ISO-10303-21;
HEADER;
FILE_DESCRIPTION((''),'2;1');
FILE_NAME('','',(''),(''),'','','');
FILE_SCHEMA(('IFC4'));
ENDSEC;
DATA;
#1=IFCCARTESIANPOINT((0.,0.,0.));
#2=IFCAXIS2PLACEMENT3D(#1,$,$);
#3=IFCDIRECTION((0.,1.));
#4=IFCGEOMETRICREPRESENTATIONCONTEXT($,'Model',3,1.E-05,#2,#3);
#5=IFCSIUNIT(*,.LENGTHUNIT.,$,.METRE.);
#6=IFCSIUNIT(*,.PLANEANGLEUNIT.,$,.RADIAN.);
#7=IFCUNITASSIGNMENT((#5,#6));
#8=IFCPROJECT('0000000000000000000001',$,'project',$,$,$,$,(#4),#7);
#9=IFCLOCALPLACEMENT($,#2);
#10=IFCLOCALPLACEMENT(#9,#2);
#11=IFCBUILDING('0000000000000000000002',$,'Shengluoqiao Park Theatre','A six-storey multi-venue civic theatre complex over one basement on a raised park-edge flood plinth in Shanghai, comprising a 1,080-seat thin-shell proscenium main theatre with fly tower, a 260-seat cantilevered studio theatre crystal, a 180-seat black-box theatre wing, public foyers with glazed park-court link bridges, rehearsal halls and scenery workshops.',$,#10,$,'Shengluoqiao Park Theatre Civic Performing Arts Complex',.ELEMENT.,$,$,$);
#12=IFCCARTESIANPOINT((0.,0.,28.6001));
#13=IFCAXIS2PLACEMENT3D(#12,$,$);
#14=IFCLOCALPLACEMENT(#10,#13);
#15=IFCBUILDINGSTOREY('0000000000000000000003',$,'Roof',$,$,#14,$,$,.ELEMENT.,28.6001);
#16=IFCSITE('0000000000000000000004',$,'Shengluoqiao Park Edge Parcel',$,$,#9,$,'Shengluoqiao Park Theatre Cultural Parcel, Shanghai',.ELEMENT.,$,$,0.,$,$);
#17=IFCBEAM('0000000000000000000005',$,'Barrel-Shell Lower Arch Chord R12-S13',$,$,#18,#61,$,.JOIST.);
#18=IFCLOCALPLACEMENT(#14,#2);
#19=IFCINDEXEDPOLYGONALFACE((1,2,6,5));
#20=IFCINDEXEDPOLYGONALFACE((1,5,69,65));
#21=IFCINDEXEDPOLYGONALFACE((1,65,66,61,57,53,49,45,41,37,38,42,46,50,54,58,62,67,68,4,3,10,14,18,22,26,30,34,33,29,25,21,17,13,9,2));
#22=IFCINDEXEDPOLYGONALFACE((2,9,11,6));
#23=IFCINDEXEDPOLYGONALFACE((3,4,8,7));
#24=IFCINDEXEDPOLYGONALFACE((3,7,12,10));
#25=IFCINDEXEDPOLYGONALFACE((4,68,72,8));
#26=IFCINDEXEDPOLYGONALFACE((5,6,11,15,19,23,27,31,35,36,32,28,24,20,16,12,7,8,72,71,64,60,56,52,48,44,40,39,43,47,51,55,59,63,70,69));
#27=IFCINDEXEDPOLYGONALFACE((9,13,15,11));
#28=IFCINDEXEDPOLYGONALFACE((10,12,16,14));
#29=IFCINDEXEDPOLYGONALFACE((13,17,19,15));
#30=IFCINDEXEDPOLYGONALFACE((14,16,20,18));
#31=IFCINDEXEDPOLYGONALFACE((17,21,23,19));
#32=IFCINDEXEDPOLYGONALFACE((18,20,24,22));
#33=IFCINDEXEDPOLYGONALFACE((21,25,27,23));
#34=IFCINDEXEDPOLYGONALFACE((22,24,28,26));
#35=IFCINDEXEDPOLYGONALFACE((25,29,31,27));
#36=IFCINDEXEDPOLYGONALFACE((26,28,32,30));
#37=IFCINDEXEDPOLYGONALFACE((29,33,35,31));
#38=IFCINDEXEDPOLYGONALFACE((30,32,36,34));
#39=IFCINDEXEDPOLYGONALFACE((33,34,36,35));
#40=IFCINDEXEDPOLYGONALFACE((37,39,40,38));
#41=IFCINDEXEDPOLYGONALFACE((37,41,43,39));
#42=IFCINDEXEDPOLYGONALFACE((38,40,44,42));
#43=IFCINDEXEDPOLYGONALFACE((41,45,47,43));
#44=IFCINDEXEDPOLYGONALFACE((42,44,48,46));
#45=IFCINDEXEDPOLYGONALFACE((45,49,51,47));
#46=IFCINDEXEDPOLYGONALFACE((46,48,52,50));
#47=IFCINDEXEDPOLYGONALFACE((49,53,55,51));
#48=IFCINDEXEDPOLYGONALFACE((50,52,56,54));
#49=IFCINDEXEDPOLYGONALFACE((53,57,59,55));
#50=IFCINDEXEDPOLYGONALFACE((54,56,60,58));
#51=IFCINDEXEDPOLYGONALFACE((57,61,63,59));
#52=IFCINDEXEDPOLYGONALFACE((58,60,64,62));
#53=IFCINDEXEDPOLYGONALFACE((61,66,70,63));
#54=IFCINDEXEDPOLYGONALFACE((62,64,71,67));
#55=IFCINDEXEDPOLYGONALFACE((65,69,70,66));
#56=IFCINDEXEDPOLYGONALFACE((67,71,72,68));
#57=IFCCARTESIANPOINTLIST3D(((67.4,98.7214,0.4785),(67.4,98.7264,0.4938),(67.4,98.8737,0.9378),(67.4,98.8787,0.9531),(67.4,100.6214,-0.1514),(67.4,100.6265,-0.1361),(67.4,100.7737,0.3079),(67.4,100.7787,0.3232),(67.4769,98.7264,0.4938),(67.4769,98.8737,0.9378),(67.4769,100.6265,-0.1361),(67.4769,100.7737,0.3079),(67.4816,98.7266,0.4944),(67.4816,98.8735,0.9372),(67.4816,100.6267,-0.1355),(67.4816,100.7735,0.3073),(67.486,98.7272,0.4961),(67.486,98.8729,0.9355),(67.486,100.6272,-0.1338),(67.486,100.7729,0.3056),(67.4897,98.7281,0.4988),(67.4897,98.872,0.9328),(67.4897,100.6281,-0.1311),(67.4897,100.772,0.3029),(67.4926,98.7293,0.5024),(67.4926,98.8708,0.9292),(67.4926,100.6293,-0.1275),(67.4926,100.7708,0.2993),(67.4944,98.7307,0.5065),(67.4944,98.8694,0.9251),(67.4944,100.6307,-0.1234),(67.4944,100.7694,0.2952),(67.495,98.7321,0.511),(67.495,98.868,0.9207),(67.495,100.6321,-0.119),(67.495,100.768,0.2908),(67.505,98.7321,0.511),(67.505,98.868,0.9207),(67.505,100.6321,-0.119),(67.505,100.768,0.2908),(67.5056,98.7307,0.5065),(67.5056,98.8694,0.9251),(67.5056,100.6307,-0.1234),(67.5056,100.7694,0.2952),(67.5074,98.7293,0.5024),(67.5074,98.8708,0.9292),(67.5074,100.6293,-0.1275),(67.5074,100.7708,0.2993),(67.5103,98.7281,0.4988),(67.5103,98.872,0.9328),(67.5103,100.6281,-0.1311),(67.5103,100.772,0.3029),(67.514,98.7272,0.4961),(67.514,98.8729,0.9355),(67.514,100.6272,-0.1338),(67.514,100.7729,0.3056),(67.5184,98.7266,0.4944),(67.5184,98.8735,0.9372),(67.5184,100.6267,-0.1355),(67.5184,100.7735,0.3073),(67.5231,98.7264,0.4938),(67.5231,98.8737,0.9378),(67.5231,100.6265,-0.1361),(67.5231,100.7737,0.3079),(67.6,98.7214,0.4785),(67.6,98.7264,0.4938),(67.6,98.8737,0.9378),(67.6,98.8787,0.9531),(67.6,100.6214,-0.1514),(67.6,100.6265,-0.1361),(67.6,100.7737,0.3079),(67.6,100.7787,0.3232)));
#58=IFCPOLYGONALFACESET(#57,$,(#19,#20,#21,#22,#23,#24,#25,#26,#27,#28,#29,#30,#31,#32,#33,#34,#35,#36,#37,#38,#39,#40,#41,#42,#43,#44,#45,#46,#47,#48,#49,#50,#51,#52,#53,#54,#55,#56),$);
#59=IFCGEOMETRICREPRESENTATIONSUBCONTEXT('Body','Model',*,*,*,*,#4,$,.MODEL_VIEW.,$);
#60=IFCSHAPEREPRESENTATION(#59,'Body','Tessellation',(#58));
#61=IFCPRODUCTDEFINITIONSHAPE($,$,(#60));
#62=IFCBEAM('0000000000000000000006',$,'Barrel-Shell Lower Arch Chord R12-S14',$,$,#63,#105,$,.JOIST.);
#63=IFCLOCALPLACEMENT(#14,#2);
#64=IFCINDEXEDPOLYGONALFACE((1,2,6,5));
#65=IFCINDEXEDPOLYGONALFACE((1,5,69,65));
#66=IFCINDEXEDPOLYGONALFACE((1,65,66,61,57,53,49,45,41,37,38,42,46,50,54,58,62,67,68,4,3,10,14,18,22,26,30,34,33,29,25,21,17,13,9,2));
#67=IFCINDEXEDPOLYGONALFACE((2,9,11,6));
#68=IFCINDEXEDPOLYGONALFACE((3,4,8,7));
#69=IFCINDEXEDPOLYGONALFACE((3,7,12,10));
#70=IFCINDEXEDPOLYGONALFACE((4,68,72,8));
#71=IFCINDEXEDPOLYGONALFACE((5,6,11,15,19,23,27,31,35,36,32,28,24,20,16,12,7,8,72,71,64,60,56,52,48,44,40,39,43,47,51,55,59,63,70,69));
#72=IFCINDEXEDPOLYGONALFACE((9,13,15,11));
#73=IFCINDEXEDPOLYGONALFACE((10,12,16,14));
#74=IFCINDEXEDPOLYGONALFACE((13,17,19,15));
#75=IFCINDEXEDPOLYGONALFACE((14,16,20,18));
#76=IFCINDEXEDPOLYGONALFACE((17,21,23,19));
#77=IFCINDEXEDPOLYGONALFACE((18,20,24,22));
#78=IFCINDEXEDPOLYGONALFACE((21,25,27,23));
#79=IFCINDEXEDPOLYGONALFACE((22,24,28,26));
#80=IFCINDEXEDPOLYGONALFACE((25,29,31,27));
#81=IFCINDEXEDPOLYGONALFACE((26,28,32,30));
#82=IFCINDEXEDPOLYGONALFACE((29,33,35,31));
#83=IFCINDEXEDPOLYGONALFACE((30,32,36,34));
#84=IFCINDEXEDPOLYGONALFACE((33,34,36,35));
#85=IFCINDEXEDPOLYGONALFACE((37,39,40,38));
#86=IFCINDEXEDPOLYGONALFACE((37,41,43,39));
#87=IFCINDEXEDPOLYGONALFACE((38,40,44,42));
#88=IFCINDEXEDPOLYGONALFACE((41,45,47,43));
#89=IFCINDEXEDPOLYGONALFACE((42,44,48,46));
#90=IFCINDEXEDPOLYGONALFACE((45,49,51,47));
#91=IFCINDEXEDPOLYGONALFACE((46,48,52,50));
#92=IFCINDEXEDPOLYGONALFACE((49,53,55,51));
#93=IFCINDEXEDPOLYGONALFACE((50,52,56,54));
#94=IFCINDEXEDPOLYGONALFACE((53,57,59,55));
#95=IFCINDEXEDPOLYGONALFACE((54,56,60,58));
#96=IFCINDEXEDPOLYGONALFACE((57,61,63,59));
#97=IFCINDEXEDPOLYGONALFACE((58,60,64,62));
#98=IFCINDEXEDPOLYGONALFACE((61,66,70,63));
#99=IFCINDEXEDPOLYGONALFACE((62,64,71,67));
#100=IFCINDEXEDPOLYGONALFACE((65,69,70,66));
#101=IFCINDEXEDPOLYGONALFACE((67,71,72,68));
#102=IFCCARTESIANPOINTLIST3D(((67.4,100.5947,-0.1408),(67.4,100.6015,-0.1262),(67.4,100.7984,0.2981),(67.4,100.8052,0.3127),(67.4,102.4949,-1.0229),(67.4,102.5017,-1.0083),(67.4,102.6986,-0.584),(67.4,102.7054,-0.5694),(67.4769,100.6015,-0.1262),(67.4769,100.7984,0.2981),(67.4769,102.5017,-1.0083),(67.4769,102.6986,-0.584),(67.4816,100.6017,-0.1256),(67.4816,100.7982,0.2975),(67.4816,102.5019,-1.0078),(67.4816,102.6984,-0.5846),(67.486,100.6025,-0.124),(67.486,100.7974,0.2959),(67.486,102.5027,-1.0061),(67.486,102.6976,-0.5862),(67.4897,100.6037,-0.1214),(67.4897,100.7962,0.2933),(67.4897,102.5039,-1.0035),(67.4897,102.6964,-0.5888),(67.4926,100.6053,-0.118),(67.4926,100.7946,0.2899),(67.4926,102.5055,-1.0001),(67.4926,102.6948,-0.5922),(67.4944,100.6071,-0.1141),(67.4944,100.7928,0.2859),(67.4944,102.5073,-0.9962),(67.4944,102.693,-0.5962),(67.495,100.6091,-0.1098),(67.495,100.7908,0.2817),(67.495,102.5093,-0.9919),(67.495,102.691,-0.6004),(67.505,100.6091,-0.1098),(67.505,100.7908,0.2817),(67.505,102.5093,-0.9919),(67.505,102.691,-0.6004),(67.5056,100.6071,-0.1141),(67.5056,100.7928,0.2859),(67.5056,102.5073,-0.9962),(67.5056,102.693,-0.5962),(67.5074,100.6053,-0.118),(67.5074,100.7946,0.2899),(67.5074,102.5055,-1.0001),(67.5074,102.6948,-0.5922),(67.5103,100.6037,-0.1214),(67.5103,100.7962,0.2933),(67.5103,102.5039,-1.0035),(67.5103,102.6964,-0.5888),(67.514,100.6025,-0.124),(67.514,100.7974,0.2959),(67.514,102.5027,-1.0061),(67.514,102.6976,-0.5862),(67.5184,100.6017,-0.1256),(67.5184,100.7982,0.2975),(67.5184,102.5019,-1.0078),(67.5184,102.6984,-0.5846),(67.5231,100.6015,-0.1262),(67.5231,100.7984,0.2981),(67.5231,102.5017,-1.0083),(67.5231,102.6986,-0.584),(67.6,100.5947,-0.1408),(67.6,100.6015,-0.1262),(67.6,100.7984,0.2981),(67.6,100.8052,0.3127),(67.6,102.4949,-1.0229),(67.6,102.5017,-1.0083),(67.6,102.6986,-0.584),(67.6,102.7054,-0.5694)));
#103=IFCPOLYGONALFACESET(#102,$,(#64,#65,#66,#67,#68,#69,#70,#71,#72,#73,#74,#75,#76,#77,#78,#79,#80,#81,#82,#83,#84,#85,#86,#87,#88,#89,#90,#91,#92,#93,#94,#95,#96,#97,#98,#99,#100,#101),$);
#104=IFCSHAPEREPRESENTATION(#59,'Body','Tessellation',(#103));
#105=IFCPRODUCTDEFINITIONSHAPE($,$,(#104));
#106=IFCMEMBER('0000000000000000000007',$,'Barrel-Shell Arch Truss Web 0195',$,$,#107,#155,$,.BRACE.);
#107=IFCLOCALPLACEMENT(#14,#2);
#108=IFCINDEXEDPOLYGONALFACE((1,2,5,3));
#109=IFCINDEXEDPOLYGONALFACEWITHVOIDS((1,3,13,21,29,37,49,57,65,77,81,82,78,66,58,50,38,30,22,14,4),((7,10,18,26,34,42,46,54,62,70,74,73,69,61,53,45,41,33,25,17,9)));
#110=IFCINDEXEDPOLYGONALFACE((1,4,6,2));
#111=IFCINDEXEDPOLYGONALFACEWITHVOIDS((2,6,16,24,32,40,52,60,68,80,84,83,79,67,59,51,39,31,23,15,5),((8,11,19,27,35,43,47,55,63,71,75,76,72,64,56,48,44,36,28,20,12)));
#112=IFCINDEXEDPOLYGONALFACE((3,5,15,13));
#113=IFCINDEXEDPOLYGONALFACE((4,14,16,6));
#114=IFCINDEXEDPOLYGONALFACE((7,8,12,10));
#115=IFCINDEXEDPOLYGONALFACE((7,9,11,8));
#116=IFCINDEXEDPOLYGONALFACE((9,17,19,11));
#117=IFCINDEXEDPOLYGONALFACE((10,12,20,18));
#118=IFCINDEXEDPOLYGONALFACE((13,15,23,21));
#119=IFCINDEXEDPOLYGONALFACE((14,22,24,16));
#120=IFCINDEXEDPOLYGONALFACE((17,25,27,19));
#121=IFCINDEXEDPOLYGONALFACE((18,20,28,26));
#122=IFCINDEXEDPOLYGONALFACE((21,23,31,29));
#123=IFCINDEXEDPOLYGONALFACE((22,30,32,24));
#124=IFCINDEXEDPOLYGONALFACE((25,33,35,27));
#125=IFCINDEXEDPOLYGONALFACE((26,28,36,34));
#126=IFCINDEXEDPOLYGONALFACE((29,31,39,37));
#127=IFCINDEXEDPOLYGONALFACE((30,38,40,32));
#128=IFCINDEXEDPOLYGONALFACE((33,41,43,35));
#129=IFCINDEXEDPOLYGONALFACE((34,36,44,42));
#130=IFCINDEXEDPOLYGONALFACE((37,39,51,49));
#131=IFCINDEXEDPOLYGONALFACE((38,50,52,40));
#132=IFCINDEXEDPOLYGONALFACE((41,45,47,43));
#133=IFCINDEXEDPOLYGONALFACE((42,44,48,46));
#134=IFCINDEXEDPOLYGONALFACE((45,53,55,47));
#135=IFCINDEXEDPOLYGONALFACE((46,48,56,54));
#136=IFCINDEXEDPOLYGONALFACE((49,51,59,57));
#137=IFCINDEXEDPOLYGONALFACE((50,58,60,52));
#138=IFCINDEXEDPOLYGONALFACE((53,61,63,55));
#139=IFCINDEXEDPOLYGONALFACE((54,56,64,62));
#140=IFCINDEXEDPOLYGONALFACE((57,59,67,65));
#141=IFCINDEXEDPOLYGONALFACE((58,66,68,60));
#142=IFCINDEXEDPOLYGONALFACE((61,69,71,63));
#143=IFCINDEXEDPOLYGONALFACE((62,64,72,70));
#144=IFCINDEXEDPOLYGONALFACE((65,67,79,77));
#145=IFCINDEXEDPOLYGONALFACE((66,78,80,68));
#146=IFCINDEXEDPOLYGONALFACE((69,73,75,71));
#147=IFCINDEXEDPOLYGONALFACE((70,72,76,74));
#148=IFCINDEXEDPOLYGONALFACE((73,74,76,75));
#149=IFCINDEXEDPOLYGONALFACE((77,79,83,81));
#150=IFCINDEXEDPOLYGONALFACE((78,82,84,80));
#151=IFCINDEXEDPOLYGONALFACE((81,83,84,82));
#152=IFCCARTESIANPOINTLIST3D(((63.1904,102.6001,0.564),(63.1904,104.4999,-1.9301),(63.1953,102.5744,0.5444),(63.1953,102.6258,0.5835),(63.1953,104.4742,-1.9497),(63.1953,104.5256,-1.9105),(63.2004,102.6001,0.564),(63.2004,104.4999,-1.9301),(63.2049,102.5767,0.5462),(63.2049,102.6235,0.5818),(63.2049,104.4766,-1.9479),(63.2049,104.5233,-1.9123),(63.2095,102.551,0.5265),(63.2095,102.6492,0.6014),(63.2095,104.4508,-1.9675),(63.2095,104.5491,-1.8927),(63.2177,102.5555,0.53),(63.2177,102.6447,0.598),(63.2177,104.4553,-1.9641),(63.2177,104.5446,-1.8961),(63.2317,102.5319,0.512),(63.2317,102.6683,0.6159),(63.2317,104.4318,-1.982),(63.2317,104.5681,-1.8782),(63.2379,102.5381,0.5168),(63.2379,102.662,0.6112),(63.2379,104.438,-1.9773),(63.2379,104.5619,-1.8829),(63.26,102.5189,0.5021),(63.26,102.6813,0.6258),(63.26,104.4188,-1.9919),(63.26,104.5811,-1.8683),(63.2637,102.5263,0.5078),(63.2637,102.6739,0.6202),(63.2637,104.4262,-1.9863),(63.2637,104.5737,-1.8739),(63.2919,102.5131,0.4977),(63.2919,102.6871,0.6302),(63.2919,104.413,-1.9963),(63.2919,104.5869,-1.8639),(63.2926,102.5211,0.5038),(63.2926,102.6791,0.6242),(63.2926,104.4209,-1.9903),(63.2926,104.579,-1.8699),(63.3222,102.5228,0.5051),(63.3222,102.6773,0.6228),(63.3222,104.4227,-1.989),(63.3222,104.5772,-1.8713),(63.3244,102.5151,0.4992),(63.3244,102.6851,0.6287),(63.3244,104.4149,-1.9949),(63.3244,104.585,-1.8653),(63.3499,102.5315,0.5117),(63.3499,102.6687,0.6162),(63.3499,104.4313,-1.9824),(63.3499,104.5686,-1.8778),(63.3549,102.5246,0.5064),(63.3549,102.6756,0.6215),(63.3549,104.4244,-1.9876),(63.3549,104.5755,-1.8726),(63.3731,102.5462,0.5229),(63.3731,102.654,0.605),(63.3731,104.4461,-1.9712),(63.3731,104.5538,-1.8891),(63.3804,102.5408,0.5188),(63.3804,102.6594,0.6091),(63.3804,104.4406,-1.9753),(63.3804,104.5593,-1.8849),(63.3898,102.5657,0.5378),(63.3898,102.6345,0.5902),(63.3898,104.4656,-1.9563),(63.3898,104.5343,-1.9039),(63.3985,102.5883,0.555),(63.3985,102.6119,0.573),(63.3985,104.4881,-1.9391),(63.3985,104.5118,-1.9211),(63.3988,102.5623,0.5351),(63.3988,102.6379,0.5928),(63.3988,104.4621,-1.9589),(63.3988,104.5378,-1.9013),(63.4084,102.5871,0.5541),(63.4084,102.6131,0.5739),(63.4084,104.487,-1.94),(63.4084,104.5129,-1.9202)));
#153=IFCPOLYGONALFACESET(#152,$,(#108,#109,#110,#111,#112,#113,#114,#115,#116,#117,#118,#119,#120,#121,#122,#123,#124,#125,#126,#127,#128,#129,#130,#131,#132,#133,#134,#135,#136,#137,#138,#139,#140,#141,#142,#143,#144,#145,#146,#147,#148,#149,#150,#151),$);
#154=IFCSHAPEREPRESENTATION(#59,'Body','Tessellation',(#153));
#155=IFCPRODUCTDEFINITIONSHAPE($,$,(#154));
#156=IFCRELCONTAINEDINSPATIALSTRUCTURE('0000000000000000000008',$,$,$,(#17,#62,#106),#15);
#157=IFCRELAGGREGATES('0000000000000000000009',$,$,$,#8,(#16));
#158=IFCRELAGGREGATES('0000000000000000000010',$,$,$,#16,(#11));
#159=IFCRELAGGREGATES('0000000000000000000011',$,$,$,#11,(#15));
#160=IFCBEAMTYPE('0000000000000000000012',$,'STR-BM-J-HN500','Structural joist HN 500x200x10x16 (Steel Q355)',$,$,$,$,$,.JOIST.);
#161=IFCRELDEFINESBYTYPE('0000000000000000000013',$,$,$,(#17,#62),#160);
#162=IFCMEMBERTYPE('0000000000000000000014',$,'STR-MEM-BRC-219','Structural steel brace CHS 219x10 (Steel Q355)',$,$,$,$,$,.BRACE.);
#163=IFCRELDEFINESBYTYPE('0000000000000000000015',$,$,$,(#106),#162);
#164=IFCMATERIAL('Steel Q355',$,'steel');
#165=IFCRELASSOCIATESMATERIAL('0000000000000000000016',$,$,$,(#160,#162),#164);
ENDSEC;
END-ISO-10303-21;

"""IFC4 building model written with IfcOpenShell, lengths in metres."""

from ifc_helpers import new_model, si_unit, direction, frame, origin, origin_2d, place, context, subcontext, project, spatial, hollow_circle, i_section, extrude, material, material_profile, profile_set, type_object, element, save


model = new_model("IFC4")

# Units and contexts
model_context = context("Model", 3, precision=1e-05, world=origin(), true_north=direction((0.0, 1.0)))
body_context = subcontext(model_context, "Body", "Model", "MODEL_VIEW")
ifc_project = project(units=[si_unit("LENGTHUNIT", "METRE"), si_unit("PLANEANGLEUNIT", "RADIAN")], contexts=[model_context])

# Site, building, storey
site_placement = place(None, origin())
site = spatial("IfcSite", under=ifc_project, at=site_placement, Name="Shengluoqiao Park Edge Parcel", LongName="Shengluoqiao Park Theatre Cultural Parcel, Shanghai", CompositionType="ELEMENT", RefElevation=0.0)
building_placement = place(site_placement, origin())
building = spatial("IfcBuilding", under=site, at=building_placement, Name="Shengluoqiao Park Theatre", Description="A six-storey multi-venue civic theatre complex over one basement on a raised park-edge flood plinth in Shanghai, comprising a 1,080-seat thin-shell proscenium main theatre with fly tower, a 260-seat cantilevered studio theatre crystal, a 180-seat black-box theatre wing, public foyers with glazed park-court link bridges, rehearsal halls and scenery workshops.", LongName="Shengluoqiao Park Theatre Civic Performing Arts Complex", CompositionType="ELEMENT")
storey_placement = place(building_placement, frame((0.0, 0.0, 28.6001)))
storey = spatial("IfcBuildingStorey", under=building, at=storey_placement, Name="Roof", CompositionType="ELEMENT", Elevation=28.6001)

# Beams
ifc_material_1 = material(Name="Steel Q355", Category="steel")
ifc_material_profile_1 = material_profile(ifc_material_1, i_section(OverallWidth=0.2, OverallDepth=0.5, WebThickness=0.01, FlangeThickness=0.0161, FilletRadius=0.0181, at=origin_2d()), Name="HN 500x200x10x16")
ifc_profile_set_1 = profile_set([ifc_material_profile_1], Name="Steel Q355")
beam_type_1 = type_object("IfcBeamType", Name="STR-BM-J-HN500", Description="Structural joist HN 500x200x10x16 (Steel Q355)", PredefinedType="JOIST", material=ifc_profile_set_1)
beam_1_placement = place(storey_placement, frame((67.5, 98.8, 0.7158), z_axis=(0.0, 0.949194, -0.31469), x_axis=(-1.0, 0.0, 0.0)))
element("IfcBeam", 1, at=beam_1_placement, inside=storey, type_object=beam_type_1, Name="Barrel-Shell Lower Arch Chord R12-S13", PredefinedType="JOIST", context=body_context, shape_type="SweptSolid", body=[
    extrude(i_section(OverallWidth=0.2, OverallDepth=0.5, WebThickness=0.01, FlangeThickness=0.0161, FilletRadius=0.0181, at=origin_2d()), origin(), (0.0, 0.0, 1.0), 2.0017),
])
beam_2_placement = place(storey_placement, frame((67.5, 100.7, 0.0859), z_axis=(0.0, 0.907033, -0.42106), x_axis=(-1.0, 0.0, 0.0)))
element("IfcBeam", 2, at=beam_2_placement, inside=storey, type_object=beam_type_1, Name="Barrel-Shell Lower Arch Chord R12-S14", PredefinedType="JOIST", context=body_context, shape_type="SweptSolid", body=[
    extrude(i_section(OverallWidth=0.2, OverallDepth=0.5, WebThickness=0.01, FlangeThickness=0.0161, FilletRadius=0.0181, at=origin_2d()), origin(), (0.0, 0.0, 1.0), 2.095),
])

# Member
ifc_material_profile_2 = material_profile(ifc_material_1, hollow_circle(Radius=0.1096, WallThickness=0.01, at=origin_2d()), Name="CHS 219x10")
ifc_profile_set_2 = profile_set([ifc_material_profile_2], Name="Steel Q355")
member_type_1 = type_object("IfcMemberType", Name="STR-MEM-BRC-219", Description="Structural steel brace CHS 219x10 (Steel Q355)", PredefinedType="BRACE", material=ifc_profile_set_2)
member_1_placement = place(storey_placement, frame((63.3, 102.6001, 0.564), z_axis=(0.0, 0.605963, -0.795492), x_axis=(-1.0, 0.0, 0.0)))
element("IfcMember", 3, at=member_1_placement, inside=storey, type_object=member_type_1, Name="Barrel-Shell Arch Truss Web 0195", PredefinedType="BRACE", context=body_context, shape_type="SweptSolid", body=[
    extrude(hollow_circle(Radius=0.1096, WallThickness=0.01, at=origin_2d()), origin(), (0.0, 0.0, 1.0), 3.1353),
])

save(model, "model.ifc")
